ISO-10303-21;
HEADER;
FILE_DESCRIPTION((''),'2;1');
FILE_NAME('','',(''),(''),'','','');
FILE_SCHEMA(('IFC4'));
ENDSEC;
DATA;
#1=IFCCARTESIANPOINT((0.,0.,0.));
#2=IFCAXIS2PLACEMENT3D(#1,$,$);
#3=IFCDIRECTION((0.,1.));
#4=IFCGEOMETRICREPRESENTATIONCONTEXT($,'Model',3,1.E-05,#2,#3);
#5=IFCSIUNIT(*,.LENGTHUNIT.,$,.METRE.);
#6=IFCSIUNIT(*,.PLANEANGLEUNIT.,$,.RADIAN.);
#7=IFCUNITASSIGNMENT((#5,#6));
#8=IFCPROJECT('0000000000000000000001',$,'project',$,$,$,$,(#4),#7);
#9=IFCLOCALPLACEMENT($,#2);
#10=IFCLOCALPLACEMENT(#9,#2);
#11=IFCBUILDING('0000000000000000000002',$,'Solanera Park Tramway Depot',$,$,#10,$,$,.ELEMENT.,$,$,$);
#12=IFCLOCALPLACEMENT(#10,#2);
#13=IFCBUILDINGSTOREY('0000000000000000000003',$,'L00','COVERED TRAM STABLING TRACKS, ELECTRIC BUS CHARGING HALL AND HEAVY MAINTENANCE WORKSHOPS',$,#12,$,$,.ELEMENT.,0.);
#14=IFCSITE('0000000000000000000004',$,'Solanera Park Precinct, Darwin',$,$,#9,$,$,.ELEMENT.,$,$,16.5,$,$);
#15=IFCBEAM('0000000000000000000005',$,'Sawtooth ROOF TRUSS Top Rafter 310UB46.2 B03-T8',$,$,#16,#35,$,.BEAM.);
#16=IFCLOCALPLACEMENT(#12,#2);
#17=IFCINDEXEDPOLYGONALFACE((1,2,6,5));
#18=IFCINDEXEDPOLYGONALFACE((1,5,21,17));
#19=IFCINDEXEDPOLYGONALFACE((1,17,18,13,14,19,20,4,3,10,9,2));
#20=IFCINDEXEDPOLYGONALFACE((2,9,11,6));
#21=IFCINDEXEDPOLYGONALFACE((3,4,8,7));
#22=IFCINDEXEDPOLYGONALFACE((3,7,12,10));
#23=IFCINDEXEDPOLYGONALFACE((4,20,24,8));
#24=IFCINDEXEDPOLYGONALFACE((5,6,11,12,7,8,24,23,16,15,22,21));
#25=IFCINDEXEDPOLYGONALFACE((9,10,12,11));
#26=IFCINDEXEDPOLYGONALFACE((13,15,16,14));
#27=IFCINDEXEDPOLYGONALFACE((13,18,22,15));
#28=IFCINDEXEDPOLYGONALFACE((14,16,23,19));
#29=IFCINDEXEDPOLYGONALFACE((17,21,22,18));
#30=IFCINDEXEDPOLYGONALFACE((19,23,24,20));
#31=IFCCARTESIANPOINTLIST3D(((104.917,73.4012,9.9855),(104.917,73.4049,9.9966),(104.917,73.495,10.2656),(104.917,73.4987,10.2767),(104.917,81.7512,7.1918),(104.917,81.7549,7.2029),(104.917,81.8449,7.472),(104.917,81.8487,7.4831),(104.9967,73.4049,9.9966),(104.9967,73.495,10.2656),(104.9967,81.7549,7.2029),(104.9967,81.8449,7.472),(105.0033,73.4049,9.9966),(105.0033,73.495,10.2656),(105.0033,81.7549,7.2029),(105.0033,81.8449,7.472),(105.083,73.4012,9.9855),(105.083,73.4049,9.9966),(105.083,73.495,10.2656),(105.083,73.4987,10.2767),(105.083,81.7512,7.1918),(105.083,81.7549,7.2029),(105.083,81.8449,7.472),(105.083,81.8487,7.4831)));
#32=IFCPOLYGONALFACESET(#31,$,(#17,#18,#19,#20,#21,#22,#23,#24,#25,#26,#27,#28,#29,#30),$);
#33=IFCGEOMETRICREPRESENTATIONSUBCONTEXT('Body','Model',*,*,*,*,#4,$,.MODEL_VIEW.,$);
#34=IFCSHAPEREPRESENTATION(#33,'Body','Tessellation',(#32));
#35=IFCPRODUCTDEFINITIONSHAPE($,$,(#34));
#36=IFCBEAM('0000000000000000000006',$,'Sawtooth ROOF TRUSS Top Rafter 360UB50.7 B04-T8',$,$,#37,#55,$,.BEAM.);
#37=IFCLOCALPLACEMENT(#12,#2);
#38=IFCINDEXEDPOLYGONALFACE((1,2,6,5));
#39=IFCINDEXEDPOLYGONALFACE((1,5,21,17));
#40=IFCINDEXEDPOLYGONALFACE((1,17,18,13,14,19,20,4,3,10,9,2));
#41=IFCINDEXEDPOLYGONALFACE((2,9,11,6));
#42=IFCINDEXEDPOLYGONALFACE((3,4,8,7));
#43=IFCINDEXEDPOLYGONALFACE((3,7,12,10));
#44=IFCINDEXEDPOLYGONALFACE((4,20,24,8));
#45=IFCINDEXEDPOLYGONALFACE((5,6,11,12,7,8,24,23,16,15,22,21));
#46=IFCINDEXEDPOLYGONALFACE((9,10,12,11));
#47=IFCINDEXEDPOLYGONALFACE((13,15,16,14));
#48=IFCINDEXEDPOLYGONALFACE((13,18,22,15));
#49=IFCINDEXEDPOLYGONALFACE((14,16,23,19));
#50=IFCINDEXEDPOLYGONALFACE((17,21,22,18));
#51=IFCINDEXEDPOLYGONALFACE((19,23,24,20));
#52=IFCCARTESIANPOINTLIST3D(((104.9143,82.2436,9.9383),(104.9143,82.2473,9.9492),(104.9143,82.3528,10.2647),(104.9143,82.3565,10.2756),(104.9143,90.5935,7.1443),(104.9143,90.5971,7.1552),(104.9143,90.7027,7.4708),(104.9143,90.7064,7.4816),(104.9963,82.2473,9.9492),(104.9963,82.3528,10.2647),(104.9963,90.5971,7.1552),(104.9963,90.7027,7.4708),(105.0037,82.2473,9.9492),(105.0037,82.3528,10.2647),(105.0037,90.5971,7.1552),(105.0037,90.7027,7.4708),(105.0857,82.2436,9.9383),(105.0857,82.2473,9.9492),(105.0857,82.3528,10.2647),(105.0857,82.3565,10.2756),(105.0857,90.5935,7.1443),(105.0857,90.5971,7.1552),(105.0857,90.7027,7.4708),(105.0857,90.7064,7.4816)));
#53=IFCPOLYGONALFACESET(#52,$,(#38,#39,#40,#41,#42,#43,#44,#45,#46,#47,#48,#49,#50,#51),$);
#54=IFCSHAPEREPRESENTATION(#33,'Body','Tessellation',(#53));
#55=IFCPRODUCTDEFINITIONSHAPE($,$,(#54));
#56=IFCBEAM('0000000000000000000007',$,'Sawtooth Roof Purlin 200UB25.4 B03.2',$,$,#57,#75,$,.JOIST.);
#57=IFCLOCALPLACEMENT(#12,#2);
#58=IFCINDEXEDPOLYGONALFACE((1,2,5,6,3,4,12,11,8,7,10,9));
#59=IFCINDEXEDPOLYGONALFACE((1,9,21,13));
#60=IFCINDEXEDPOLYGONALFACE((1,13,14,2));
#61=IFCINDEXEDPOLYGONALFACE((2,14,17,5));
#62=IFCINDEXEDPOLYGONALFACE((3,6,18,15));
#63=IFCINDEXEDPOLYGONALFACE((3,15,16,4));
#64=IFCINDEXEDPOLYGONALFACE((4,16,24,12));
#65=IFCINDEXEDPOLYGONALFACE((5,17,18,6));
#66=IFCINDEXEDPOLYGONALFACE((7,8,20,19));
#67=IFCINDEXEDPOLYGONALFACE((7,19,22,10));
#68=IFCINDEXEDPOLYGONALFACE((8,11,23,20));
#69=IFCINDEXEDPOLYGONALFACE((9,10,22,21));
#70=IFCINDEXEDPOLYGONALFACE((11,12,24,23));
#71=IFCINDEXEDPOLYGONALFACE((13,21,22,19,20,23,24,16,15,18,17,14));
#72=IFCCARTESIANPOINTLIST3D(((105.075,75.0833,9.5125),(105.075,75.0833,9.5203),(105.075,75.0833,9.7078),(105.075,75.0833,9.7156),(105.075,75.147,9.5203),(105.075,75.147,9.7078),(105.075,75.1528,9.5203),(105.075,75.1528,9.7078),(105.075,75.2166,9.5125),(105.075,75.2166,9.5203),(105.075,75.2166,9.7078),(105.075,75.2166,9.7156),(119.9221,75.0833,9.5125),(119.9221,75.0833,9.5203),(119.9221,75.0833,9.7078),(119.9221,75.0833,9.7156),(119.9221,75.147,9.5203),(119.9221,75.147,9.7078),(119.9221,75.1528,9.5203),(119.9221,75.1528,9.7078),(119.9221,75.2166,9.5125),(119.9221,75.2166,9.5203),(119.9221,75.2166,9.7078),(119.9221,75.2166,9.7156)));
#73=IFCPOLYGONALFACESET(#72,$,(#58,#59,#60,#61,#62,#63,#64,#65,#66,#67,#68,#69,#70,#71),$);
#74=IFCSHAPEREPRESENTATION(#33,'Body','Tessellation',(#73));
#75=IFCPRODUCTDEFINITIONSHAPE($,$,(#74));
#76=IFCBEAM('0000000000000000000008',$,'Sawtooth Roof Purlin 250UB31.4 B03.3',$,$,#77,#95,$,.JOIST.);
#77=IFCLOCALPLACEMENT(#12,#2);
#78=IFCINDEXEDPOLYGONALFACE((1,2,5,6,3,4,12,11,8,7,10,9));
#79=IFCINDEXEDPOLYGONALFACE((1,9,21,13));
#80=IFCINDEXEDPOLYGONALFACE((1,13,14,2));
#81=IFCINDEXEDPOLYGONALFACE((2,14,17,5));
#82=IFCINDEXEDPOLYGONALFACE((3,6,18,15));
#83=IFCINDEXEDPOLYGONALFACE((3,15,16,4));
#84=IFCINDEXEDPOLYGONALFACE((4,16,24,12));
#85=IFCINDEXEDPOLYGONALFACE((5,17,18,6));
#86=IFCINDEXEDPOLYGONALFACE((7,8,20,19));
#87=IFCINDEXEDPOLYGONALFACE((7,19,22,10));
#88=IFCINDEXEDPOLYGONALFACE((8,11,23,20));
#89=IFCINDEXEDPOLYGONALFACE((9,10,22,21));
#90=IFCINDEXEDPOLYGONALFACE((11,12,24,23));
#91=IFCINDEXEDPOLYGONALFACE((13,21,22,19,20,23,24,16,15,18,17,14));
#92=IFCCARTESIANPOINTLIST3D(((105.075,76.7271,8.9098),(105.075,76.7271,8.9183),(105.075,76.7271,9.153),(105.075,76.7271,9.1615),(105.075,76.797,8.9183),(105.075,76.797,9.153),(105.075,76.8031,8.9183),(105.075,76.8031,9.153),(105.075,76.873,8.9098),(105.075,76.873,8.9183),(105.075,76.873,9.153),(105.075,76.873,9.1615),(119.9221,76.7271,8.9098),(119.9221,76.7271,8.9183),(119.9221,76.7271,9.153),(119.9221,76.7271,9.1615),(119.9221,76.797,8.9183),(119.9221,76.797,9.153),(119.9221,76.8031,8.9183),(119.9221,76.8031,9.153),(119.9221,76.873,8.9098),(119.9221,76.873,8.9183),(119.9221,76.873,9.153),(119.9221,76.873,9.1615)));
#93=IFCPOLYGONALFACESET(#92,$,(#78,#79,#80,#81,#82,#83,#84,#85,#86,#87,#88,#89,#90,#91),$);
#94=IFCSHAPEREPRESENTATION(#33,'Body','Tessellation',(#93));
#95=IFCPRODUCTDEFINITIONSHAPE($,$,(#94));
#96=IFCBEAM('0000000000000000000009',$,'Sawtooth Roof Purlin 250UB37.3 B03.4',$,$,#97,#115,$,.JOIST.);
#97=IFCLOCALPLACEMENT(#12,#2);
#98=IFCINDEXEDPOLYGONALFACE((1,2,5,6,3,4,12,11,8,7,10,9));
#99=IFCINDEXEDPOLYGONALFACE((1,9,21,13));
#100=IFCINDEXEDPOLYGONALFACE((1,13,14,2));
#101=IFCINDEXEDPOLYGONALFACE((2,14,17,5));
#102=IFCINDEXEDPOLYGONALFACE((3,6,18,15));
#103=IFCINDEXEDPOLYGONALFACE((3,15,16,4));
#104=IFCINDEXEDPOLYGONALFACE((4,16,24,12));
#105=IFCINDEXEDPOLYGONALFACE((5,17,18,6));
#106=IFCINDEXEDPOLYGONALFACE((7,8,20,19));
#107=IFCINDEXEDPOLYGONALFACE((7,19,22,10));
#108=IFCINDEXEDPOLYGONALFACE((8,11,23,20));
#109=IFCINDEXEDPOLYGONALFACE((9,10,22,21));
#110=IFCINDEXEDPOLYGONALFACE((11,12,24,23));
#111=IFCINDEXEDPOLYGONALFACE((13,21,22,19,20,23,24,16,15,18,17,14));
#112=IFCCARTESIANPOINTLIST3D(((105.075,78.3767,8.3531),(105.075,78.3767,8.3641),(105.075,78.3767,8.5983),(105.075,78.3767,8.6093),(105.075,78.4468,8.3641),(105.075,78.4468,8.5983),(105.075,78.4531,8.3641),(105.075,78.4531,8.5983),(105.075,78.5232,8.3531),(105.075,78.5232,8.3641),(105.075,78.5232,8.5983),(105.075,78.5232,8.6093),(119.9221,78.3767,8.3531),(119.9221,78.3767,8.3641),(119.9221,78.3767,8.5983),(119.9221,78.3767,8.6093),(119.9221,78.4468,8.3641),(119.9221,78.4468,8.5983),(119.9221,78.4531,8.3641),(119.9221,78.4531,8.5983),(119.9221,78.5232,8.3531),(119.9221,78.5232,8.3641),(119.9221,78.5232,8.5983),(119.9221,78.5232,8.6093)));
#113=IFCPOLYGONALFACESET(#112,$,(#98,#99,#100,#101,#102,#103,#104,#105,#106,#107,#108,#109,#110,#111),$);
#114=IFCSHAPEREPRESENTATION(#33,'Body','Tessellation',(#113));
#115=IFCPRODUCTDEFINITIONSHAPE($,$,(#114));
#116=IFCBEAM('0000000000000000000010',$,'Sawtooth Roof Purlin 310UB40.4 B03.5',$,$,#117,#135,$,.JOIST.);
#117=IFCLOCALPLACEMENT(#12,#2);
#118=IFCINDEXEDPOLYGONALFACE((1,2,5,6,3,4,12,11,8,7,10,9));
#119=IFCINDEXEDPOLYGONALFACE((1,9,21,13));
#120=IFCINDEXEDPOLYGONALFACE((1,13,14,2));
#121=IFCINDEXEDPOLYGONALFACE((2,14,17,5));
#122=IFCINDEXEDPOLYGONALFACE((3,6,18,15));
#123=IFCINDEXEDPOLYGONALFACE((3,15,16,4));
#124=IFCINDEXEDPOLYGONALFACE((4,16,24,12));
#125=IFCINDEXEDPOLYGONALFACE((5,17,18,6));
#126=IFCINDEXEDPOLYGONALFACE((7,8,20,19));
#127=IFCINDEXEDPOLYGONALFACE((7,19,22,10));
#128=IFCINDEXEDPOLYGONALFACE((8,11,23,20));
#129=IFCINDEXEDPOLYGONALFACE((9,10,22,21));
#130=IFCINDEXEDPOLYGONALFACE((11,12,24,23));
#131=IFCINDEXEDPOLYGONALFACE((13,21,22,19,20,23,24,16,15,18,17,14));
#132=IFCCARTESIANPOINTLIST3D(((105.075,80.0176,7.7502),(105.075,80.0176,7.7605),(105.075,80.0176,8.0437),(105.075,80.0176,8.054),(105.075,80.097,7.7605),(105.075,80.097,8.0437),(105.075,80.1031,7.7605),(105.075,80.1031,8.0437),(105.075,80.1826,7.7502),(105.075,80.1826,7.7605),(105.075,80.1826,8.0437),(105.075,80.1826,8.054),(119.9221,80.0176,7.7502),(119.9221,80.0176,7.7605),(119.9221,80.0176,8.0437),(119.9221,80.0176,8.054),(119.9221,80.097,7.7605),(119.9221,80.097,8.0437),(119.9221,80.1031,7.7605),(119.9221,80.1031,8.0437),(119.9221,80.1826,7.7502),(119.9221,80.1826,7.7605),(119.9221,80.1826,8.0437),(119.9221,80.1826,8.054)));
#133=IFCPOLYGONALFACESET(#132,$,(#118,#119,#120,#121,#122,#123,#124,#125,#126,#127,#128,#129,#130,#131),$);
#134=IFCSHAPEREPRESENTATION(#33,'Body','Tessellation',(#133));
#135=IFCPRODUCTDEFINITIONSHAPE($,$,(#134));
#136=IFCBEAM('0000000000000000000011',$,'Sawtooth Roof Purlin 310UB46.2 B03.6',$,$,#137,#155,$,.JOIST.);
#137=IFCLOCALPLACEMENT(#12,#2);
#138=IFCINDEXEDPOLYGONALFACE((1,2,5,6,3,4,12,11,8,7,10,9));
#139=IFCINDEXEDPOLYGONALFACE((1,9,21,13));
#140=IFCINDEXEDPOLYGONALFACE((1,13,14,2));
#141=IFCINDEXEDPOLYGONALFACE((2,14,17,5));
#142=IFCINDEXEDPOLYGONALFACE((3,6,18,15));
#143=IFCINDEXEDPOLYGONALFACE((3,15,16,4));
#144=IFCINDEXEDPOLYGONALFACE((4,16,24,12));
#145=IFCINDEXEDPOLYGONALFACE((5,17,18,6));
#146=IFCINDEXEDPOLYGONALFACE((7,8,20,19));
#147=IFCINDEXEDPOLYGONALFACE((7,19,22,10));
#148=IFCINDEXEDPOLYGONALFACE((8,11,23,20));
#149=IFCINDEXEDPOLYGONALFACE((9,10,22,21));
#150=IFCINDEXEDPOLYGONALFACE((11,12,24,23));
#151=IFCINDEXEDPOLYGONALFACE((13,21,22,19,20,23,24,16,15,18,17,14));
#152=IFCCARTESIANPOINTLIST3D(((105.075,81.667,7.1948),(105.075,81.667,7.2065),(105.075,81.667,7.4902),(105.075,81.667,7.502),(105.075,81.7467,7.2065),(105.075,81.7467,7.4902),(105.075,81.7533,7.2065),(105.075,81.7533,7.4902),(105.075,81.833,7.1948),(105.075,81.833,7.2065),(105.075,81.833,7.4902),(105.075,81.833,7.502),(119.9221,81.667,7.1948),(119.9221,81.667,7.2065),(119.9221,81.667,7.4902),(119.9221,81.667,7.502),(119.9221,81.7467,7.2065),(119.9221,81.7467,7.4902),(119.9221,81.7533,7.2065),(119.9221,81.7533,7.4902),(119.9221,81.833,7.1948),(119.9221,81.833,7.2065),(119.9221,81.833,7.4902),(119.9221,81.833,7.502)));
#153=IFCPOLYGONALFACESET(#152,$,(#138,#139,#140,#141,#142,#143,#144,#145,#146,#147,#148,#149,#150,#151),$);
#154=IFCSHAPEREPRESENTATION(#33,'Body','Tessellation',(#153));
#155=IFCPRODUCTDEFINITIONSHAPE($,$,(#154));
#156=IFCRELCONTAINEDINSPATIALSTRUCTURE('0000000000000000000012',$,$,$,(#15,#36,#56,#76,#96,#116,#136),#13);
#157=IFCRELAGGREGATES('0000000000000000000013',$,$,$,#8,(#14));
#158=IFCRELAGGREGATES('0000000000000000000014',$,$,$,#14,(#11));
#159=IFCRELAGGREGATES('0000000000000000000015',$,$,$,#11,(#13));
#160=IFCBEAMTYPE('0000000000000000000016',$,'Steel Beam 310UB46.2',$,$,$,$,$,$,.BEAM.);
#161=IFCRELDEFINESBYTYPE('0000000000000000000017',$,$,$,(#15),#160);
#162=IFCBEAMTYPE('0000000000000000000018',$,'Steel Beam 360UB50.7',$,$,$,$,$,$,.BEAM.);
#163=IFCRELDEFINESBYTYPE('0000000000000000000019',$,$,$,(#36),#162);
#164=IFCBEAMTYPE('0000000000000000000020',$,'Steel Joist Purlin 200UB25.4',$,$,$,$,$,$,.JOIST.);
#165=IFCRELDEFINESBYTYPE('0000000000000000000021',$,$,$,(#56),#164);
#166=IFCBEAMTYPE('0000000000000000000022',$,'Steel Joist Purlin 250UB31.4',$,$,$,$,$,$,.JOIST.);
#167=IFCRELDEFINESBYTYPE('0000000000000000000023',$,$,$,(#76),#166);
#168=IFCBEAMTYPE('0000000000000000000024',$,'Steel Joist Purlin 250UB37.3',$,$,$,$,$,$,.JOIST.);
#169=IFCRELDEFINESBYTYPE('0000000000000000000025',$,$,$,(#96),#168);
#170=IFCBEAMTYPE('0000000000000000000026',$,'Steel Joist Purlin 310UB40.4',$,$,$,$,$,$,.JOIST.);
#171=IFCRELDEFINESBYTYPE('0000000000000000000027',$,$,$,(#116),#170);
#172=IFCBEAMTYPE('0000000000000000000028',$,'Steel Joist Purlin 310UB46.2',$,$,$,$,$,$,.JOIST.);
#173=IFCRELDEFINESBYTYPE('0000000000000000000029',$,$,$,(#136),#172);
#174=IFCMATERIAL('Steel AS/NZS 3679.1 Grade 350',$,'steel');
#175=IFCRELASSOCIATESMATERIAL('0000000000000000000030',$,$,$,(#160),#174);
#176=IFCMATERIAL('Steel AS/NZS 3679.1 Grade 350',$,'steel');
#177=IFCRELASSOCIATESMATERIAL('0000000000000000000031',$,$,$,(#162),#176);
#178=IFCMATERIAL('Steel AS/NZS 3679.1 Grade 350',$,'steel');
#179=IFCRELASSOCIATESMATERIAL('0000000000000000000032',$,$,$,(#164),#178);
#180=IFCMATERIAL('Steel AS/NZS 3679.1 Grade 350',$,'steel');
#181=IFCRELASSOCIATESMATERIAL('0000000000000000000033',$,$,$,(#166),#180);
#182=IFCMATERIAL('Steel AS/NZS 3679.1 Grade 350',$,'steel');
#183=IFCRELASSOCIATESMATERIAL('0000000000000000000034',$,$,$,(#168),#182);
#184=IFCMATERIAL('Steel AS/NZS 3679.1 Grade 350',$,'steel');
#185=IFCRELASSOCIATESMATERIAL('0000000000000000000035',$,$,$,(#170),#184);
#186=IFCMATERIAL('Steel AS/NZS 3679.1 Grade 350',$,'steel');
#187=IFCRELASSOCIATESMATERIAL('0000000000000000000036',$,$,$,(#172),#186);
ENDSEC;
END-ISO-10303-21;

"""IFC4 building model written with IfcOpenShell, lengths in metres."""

from ifc_helpers import new_model, si_unit, direction, frame, origin, origin_2d, place, context, subcontext, project, spatial, i_section, extrude, material, material_profile, profile_set, type_object, element, save


model = new_model("IFC4")

# Units and contexts
model_context = context("Model", 3, precision=1e-05, world=origin(), true_north=direction((0.0, 1.0)))
body_context = subcontext(model_context, "Body", "Model", "MODEL_VIEW")
ifc_project = project(units=[si_unit("LENGTHUNIT", "METRE"), si_unit("PLANEANGLEUNIT", "RADIAN")], contexts=[model_context])

# Site, building, storey
site_placement = place(None, origin())
site = spatial("IfcSite", under=ifc_project, at=site_placement, Name="Solanera Park Precinct, Darwin", CompositionType="ELEMENT", RefElevation=16.5)
building_placement = place(site_placement, origin())
building = spatial("IfcBuilding", under=site, at=building_placement, Name="Solanera Park Tramway Depot", CompositionType="ELEMENT")
storey_placement = place(building_placement, origin())
storey = spatial("IfcBuildingStorey", under=building, at=storey_placement, Name="L00", Description="COVERED TRAM STABLING TRACKS, ELECTRIC BUS CHARGING HALL AND HEAVY MAINTENANCE WORKSHOPS", CompositionType="ELEMENT", Elevation=0.0)

# Beams
ifc_material_1 = material(Name="Steel AS/NZS 3679.1 Grade 350", Category="steel")
ifc_material_profile_1 = material_profile(ifc_material_1, i_section(OverallWidth=0.166, OverallDepth=0.3071, WebThickness=0.0066, FlangeThickness=0.0117, at=origin_2d()), Name="310UB46.2")
ifc_profile_set_1 = profile_set([ifc_material_profile_1], Name="Steel AS/NZS 3679.1 Grade 350")
beam_type_1 = type_object("IfcBeamType", Name="Steel Beam 310UB46.2", PredefinedType="BEAM", material=ifc_profile_set_1)
beam_1_placement = place(storey_placement, frame((105.0, 73.45, 10.1311), z_axis=(0.0, 0.948331, -0.317284), x_axis=(-1.0, 0.0, 0.0)))
element("IfcBeam", 1, at=beam_1_placement, inside=storey, type_object=beam_type_1, Name="Sawtooth ROOF TRUSS Top Rafter 310UB46.2 B03-T8", PredefinedType="BEAM", context=body_context, shape_type="SweptSolid", body=[
    extrude(i_section(OverallWidth=0.166, OverallDepth=0.3071, WebThickness=0.0066, FlangeThickness=0.0117, at=origin_2d()), origin(), (0.0, 0.0, 1.0), 8.8049),
])
ifc_material_2 = material(Name="Steel AS/NZS 3679.1 Grade 350", Category="steel")
ifc_material_profile_2 = material_profile(ifc_material_2, i_section(OverallWidth=0.1714, OverallDepth=0.3557, WebThickness=0.0073, FlangeThickness=0.0115, at=origin_2d()), Name="360UB50.7")
ifc_profile_set_2 = profile_set([ifc_material_profile_2], Name="Steel AS/NZS 3679.1 Grade 350")
beam_type_2 = type_object("IfcBeamType", Name="Steel Beam 360UB50.7", PredefinedType="BEAM", material=ifc_profile_set_2)
beam_2_placement = place(storey_placement, frame((105.0, 82.3, 10.1069), z_axis=(0.0, 0.948319, -0.317317), x_axis=(-1.0, 0.0, 0.0)))
element("IfcBeam", 2, at=beam_2_placement, inside=storey, type_object=beam_type_2, Name="Sawtooth ROOF TRUSS Top Rafter 360UB50.7 B04-T8", PredefinedType="BEAM", context=body_context, shape_type="SweptSolid", body=[
    extrude(i_section(OverallWidth=0.1714, OverallDepth=0.3557, WebThickness=0.0073, FlangeThickness=0.0115, at=origin_2d()), origin(), (0.0, 0.0, 1.0), 8.8049),
])
ifc_material_3 = material(Name="Steel AS/NZS 3679.1 Grade 350", Category="steel")
ifc_material_profile_3 = material_profile(ifc_material_3, i_section(OverallWidth=0.1333, OverallDepth=0.2031, WebThickness=0.0059, FlangeThickness=0.0078, at=origin_2d()), Name="200UB25.4")
ifc_profile_set_3 = profile_set([ifc_material_profile_3], Name="Steel AS/NZS 3679.1 Grade 350")
beam_type_3 = type_object("IfcBeamType", Name="Steel Joist Purlin 200UB25.4", PredefinedType="JOIST", material=ifc_profile_set_3)
beam_3_placement = place(storey_placement, frame((105.075, 75.1499, 9.614), z_axis=(1.0, 0.0, 0.0), x_axis=(0.0, 1.0, 0.0)))
element("IfcBeam", 3, at=beam_3_placement, inside=storey, type_object=beam_type_3, Name="Sawtooth Roof Purlin 200UB25.4 B03.2", PredefinedType="JOIST", context=body_context, shape_type="SweptSolid", body=[
    extrude(i_section(OverallWidth=0.1333, OverallDepth=0.2031, WebThickness=0.0059, FlangeThickness=0.0078, at=origin_2d()), origin(), (0.0, 0.0, 1.0), 14.8472),
])
ifc_material_4 = material(Name="Steel AS/NZS 3679.1 Grade 350", Category="steel")
ifc_material_profile_4 = material_profile(ifc_material_4, i_section(OverallWidth=0.146, OverallDepth=0.2517, WebThickness=0.0061, FlangeThickness=0.0085, at=origin_2d()), Name="250UB31.4")
ifc_profile_set_4 = profile_set([ifc_material_profile_4], Name="Steel AS/NZS 3679.1 Grade 350")
beam_type_4 = type_object("IfcBeamType", Name="Steel Joist Purlin 250UB31.4", PredefinedType="JOIST", material=ifc_profile_set_4)
beam_4_placement = place(storey_placement, frame((105.075, 76.8, 9.0356), z_axis=(1.0, 0.0, 0.0), x_axis=(0.0, 1.0, 0.0)))
element("IfcBeam", 4, at=beam_4_placement, inside=storey, type_object=beam_type_4, Name="Sawtooth Roof Purlin 250UB31.4 B03.3", PredefinedType="JOIST", context=body_context, shape_type="SweptSolid", body=[
    extrude(i_section(OverallWidth=0.146, OverallDepth=0.2517, WebThickness=0.0061, FlangeThickness=0.0085, at=origin_2d()), origin(), (0.0, 0.0, 1.0), 14.8472),
])
ifc_material_5 = material(Name="Steel AS/NZS 3679.1 Grade 350", Category="steel")
ifc_material_profile_5 = material_profile(ifc_material_5, i_section(OverallWidth=0.1465, OverallDepth=0.2561, WebThickness=0.0063, FlangeThickness=0.011, at=origin_2d()), Name="250UB37.3")
ifc_profile_set_5 = profile_set([ifc_material_profile_5], Name="Steel AS/NZS 3679.1 Grade 350")
beam_type_5 = type_object("IfcBeamType", Name="Steel Joist Purlin 250UB37.3", PredefinedType="JOIST", material=ifc_profile_set_5)
beam_5_placement = place(storey_placement, frame((105.075, 78.45, 8.4812), z_axis=(1.0, 0.0, 0.0), x_axis=(0.0, 1.0, 0.0)))
element("IfcBeam", 5, at=beam_5_placement, inside=storey, type_object=beam_type_5, Name="Sawtooth Roof Purlin 250UB37.3 B03.4", PredefinedType="JOIST", context=body_context, shape_type="SweptSolid", body=[
    extrude(i_section(OverallWidth=0.1465, OverallDepth=0.2561, WebThickness=0.0063, FlangeThickness=0.011, at=origin_2d()), origin(), (0.0, 0.0, 1.0), 14.8472),
])
ifc_material_6 = material(Name="Steel AS/NZS 3679.1 Grade 350", Category="steel")
ifc_material_profile_6 = material_profile(ifc_material_6, i_section(OverallWidth=0.165, OverallDepth=0.3037, WebThickness=0.0061, FlangeThickness=0.0103, at=origin_2d()), Name="310UB40.4")
ifc_profile_set_6 = profile_set([ifc_material_profile_6], Name="Steel AS/NZS 3679.1 Grade 350")
beam_type_6 = type_object("IfcBeamType", Name="Steel Joist Purlin 310UB40.4", PredefinedType="JOIST", material=ifc_profile_set_6)
beam_6_placement = place(storey_placement, frame((105.075, 80.1001, 7.9021), z_axis=(1.0, 0.0, 0.0), x_axis=(0.0, 1.0, 0.0)))
element("IfcBeam", 6, at=beam_6_placement, inside=storey, type_object=beam_type_6, Name="Sawtooth Roof Purlin 310UB40.4 B03.5", PredefinedType="JOIST", context=body_context, shape_type="SweptSolid", body=[
    extrude(i_section(OverallWidth=0.165, OverallDepth=0.3037, WebThickness=0.0061, FlangeThickness=0.0103, at=origin_2d()), origin(), (0.0, 0.0, 1.0), 14.8472),
])
ifc_material_7 = material(Name="Steel AS/NZS 3679.1 Grade 350", Category="steel")
ifc_material_profile_7 = material_profile(ifc_material_7, i_section(OverallWidth=0.166, OverallDepth=0.3071, WebThickness=0.0066, FlangeThickness=0.0117, at=origin_2d()), Name="310UB46.2")
ifc_profile_set_7 = profile_set([ifc_material_profile_7], Name="Steel AS/NZS 3679.1 Grade 350")
beam_type_7 = type_object("IfcBeamType", Name="Steel Joist Purlin 310UB46.2", PredefinedType="JOIST", material=ifc_profile_set_7)
beam_7_placement = place(storey_placement, frame((105.075, 81.75, 7.3484), z_axis=(1.0, 0.0, 0.0), x_axis=(0.0, 1.0, 0.0)))
element("IfcBeam", 7, at=beam_7_placement, inside=storey, type_object=beam_type_7, Name="Sawtooth Roof Purlin 310UB46.2 B03.6", PredefinedType="JOIST", context=body_context, shape_type="SweptSolid", body=[
    extrude(i_section(OverallWidth=0.166, OverallDepth=0.3071, WebThickness=0.0066, FlangeThickness=0.0117, at=origin_2d()), origin(), (0.0, 0.0, 1.0), 14.8472),
])

save(model, "model.ifc")
